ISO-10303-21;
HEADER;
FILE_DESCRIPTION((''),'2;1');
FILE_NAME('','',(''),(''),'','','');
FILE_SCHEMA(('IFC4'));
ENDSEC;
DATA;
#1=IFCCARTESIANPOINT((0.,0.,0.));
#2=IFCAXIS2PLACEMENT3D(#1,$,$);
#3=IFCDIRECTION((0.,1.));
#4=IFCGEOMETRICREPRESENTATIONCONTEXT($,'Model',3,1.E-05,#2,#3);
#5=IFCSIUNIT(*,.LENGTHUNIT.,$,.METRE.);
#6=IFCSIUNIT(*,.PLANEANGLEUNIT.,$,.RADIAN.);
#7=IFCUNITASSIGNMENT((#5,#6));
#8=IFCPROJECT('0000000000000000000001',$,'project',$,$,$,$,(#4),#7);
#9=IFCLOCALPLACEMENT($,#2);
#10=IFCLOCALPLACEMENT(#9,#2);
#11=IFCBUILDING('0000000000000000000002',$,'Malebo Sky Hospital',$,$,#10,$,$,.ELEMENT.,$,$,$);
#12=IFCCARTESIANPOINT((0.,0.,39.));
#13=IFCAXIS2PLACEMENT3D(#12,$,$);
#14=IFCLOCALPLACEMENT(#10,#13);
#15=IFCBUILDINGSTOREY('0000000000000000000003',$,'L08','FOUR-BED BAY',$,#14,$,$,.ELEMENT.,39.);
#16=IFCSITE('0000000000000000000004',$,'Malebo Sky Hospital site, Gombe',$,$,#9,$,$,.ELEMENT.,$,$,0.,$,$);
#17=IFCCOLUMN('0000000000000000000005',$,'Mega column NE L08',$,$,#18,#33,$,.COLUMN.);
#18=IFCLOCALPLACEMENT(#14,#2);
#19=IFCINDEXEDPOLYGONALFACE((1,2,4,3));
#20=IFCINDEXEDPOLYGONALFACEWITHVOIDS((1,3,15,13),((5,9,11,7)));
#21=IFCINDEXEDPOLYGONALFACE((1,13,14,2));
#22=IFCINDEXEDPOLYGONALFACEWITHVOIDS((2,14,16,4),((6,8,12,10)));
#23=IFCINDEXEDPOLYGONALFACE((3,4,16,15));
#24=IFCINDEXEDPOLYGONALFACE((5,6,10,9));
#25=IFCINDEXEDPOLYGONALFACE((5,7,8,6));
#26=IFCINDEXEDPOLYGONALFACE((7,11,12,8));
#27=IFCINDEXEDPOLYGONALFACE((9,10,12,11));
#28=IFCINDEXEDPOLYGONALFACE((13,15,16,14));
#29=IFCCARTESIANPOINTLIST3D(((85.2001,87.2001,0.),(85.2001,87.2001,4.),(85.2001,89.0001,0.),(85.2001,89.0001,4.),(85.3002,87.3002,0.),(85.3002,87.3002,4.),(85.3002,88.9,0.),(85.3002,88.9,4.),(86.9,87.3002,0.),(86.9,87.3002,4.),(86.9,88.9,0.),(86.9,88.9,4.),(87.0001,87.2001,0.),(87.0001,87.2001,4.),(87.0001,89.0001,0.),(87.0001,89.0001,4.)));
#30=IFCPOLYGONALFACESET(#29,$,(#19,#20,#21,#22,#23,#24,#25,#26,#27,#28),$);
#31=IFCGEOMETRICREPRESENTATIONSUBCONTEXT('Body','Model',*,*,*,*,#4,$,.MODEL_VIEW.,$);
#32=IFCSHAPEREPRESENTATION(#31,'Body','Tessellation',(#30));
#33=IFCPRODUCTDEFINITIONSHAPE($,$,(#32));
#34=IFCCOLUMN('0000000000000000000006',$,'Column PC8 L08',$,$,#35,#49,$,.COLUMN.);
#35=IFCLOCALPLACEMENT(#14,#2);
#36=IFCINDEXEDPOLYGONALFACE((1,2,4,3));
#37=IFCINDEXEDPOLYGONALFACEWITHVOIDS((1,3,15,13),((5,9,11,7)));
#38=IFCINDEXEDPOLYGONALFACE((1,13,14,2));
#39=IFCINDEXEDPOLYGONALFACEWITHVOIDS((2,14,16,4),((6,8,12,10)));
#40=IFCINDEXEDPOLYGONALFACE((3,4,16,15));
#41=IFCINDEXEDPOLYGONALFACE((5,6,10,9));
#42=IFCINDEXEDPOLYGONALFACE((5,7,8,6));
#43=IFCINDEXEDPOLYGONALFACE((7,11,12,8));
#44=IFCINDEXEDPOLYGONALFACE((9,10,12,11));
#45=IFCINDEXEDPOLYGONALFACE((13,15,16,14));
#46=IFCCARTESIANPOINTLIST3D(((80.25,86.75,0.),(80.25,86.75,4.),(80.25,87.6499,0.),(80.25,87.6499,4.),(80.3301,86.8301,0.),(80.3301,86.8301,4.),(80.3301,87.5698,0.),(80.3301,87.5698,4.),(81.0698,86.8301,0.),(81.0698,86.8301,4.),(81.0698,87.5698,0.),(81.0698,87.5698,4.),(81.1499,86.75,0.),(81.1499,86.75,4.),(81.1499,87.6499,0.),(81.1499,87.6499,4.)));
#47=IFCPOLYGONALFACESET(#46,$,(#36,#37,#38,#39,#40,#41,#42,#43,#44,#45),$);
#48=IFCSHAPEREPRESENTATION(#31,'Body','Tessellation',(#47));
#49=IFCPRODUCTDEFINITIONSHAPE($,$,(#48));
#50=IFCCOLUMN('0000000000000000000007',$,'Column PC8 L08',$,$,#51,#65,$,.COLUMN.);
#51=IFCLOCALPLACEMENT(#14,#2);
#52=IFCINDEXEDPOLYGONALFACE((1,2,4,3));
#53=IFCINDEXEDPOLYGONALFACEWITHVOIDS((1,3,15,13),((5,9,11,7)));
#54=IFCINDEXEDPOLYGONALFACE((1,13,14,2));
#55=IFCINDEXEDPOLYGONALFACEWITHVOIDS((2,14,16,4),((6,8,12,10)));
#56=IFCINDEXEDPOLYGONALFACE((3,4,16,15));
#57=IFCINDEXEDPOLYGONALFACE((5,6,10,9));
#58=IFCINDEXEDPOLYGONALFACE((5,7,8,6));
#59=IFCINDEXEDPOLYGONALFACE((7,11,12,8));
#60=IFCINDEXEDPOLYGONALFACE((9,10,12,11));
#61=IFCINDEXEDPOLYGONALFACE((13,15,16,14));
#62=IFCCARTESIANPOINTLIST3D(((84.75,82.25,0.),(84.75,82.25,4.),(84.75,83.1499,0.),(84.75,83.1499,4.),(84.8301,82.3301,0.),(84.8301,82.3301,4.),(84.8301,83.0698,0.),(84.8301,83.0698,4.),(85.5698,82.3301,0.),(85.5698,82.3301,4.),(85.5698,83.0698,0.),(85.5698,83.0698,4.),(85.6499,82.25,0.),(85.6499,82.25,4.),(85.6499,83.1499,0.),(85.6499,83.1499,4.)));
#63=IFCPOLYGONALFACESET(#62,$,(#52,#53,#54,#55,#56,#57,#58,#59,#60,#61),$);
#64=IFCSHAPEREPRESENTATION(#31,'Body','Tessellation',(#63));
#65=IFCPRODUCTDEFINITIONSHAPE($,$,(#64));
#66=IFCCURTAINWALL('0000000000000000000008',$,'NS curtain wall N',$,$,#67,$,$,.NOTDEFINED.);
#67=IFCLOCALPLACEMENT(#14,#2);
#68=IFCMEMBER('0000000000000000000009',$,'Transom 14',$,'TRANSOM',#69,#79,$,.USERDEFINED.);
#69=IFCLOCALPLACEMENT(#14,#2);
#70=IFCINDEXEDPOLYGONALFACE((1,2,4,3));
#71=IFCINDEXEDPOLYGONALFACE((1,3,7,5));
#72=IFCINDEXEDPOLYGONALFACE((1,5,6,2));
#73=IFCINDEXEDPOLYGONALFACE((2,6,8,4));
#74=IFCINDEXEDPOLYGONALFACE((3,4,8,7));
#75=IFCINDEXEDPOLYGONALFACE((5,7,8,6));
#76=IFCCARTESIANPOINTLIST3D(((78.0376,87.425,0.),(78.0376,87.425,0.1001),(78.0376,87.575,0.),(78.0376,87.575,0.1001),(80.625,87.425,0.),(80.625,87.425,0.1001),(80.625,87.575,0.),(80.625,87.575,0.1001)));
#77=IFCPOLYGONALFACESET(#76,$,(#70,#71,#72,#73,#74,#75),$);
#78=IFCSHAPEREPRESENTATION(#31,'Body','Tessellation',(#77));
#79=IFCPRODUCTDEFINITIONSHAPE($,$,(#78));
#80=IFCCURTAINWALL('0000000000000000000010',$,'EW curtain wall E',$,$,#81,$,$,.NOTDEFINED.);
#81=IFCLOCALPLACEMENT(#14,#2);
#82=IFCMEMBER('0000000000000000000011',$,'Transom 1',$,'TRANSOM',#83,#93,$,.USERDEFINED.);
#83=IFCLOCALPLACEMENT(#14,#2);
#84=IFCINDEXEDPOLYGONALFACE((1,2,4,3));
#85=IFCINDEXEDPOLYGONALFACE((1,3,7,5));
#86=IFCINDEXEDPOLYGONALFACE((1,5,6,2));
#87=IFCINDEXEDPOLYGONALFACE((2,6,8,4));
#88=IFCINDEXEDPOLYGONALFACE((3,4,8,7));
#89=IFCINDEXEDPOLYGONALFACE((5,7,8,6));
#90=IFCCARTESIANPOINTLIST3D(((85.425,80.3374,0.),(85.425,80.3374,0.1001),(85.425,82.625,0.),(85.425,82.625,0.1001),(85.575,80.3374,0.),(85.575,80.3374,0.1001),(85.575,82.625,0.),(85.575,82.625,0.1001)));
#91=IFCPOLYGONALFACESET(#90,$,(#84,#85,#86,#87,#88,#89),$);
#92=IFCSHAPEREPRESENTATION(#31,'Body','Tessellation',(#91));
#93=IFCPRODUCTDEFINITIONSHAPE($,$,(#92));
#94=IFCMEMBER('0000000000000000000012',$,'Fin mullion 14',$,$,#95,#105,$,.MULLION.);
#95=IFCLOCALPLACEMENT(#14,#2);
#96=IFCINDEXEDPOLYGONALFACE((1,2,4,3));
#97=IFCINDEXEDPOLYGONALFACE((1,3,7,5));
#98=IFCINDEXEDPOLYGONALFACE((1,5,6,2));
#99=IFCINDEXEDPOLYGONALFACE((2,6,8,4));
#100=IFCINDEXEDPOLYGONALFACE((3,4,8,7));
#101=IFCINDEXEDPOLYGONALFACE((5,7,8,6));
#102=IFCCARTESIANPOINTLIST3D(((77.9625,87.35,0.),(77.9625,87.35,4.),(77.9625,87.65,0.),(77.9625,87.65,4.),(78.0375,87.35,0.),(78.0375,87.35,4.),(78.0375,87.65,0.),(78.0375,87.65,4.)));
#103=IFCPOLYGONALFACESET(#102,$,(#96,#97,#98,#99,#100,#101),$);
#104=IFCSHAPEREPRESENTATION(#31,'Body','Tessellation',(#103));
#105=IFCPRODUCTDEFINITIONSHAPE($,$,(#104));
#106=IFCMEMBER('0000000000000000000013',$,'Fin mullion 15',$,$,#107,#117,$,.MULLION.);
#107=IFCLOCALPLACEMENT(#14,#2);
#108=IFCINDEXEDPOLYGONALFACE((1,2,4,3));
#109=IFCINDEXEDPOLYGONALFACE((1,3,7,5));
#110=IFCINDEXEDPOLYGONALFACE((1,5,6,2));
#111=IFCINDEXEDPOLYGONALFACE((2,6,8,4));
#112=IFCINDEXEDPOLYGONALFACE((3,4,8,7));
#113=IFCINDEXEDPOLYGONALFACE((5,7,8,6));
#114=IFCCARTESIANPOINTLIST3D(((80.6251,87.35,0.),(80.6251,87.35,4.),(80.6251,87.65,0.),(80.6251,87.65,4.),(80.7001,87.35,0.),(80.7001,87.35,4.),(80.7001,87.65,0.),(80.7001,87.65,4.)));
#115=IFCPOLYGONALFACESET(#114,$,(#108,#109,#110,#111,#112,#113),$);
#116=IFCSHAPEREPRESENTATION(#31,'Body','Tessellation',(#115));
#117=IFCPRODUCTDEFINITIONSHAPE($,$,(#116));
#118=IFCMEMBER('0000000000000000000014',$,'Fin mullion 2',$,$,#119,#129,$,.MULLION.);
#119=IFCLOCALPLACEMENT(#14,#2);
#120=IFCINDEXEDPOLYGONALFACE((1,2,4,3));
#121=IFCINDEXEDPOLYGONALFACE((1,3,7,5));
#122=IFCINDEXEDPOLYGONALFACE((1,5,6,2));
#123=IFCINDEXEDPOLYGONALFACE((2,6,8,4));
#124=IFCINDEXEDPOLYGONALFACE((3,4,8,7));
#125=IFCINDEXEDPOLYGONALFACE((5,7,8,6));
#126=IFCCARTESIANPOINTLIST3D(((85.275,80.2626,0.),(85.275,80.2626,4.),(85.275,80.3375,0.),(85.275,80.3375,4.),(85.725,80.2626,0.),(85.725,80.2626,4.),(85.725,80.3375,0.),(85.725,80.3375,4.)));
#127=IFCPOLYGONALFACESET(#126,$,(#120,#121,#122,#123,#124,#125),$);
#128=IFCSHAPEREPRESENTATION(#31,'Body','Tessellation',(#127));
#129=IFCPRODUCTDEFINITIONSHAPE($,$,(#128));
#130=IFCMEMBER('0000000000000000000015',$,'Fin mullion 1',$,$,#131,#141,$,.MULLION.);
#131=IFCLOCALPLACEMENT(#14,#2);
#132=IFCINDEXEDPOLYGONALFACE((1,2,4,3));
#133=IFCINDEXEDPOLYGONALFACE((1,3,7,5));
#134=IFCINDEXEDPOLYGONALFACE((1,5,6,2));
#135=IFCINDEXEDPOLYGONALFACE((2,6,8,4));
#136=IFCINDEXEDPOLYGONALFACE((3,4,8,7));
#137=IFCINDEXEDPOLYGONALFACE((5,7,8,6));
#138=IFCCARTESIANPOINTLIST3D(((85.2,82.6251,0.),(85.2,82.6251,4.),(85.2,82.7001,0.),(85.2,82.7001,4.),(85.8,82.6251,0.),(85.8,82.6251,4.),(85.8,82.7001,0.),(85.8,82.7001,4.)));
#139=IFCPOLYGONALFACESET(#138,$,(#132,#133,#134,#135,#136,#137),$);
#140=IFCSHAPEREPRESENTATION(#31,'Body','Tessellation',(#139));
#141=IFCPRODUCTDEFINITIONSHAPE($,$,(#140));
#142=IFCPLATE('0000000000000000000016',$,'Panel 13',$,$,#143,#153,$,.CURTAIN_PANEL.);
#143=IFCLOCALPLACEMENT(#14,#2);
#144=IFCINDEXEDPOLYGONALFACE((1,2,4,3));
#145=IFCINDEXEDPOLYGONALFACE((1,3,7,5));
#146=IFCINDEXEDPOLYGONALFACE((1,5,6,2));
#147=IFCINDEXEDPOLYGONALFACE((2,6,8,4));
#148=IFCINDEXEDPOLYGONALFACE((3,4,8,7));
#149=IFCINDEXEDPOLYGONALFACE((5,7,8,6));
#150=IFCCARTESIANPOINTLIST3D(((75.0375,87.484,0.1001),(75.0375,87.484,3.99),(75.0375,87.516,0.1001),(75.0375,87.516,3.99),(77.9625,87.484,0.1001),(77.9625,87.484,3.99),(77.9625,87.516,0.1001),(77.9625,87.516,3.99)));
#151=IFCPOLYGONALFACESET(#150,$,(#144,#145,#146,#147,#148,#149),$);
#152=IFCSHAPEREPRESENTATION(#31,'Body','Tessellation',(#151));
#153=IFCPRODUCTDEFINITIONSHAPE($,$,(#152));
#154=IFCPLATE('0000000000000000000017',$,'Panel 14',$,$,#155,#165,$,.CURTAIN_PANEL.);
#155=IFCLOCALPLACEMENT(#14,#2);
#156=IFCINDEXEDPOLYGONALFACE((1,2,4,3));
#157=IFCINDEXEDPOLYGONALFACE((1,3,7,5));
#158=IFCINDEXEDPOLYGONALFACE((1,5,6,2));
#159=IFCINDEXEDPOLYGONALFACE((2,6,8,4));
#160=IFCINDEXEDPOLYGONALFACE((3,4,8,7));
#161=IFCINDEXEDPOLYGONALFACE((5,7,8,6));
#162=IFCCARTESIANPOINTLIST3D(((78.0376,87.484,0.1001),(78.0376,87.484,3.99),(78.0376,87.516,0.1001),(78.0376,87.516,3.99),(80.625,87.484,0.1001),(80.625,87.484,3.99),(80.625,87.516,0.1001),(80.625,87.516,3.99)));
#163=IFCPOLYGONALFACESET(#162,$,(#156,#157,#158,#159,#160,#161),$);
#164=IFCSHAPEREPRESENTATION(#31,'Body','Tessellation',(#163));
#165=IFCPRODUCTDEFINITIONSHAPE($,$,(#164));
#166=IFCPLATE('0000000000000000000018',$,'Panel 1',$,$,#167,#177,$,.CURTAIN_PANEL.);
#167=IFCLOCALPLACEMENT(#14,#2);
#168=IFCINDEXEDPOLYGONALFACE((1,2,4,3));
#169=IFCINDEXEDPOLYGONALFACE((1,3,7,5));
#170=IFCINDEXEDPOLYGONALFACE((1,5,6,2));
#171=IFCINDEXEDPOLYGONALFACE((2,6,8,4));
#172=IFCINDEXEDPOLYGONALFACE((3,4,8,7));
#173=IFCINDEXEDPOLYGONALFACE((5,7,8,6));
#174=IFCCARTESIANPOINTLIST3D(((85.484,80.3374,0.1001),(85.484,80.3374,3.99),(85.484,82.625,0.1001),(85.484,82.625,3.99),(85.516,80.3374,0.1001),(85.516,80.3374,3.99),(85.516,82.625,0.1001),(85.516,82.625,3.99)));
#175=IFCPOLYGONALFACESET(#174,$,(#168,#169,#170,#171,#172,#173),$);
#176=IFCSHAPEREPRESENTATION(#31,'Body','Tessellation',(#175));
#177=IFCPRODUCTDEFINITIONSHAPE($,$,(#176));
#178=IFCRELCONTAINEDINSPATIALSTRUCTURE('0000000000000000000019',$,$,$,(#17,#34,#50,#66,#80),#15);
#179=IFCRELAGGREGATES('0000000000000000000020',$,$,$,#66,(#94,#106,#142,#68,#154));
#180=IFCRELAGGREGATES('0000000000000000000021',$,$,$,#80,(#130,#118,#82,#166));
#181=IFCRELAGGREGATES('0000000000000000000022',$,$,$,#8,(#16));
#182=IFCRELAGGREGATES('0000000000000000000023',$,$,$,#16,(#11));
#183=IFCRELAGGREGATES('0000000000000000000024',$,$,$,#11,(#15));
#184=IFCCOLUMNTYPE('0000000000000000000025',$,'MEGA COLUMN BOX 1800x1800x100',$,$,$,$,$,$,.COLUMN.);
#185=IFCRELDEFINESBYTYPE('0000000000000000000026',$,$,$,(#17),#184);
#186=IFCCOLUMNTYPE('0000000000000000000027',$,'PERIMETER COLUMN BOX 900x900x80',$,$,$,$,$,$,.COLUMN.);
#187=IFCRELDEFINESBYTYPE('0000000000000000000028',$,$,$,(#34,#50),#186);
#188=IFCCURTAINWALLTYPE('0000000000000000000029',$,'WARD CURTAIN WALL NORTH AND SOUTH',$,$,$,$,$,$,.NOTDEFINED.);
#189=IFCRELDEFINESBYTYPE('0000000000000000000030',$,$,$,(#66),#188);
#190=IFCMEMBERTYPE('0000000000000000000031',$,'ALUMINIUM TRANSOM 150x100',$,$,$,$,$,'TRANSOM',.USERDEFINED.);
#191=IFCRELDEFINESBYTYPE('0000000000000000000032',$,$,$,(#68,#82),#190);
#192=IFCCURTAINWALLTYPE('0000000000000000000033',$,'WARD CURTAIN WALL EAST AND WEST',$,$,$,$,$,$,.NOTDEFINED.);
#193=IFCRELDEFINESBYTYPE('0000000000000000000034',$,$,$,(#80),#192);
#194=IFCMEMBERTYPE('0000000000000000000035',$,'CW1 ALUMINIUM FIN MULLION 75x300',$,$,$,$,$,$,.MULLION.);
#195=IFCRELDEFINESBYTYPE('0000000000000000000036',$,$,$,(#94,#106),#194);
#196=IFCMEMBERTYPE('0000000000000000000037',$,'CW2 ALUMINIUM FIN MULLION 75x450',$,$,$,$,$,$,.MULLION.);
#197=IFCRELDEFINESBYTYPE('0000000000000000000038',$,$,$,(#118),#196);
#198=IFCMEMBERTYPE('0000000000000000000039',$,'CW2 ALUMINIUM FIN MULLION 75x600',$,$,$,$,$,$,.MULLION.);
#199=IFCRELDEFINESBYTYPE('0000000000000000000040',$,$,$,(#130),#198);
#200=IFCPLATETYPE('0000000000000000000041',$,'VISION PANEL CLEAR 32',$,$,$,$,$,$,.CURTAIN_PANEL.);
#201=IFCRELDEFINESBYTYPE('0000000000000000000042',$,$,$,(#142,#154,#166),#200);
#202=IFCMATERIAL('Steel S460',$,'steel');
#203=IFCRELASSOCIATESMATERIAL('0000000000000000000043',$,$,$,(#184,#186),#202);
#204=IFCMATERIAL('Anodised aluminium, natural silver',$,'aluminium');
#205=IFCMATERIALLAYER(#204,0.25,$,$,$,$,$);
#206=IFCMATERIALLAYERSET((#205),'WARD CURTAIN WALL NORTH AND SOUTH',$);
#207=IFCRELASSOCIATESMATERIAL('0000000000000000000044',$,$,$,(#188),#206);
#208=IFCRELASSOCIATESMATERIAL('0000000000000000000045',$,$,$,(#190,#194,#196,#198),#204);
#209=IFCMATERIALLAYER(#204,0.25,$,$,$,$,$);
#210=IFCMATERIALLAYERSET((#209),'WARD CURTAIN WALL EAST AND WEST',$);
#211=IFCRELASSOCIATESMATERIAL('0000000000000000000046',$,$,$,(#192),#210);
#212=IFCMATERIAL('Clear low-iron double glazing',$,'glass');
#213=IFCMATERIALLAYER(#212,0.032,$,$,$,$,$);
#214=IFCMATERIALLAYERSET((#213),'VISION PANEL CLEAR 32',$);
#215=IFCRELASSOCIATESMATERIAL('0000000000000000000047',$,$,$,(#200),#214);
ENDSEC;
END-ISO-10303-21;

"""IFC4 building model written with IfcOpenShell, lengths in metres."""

from ifc_helpers import new_model, si_unit, direction, frame, origin, origin_2d, place, context, subcontext, project, spatial, rectangle, hollow_rectangle, extrude, material, layer, layer_set, material_profile, profile_set, type_object, element, aggregate, save


model = new_model("IFC4")

# Units and contexts
model_context = context("Model", 3, precision=1e-05, world=origin(), true_north=direction((0.0, 1.0)))
body_context = subcontext(model_context, "Body", "Model", "MODEL_VIEW")
ifc_project = project(units=[si_unit("LENGTHUNIT", "METRE"), si_unit("PLANEANGLEUNIT", "RADIAN")], contexts=[model_context])

# Site, building, storey
site_placement = place(None, origin())
site = spatial("IfcSite", under=ifc_project, at=site_placement, Name="Malebo Sky Hospital site, Gombe", CompositionType="ELEMENT", RefElevation=0.0)
building_placement = place(site_placement, origin())
building = spatial("IfcBuilding", under=site, at=building_placement, Name="Malebo Sky Hospital", CompositionType="ELEMENT")
storey_placement = place(building_placement, frame((0.0, 0.0, 39.0)))
storey = spatial("IfcBuildingStorey", under=building, at=storey_placement, Name="L08", Description="FOUR-BED BAY", CompositionType="ELEMENT", Elevation=39.0)

# Columns
ifc_material_1 = material(Name="Steel S460", Category="steel")
ifc_material_profile_1 = material_profile(ifc_material_1, hollow_rectangle(XDim=1.8, YDim=1.8, WallThickness=0.1001, at=origin_2d()), Name="BOX 1800x1800x100")
ifc_profile_set_1 = profile_set([ifc_material_profile_1], Name="Steel S460")
column_type_1 = type_object("IfcColumnType", Name="MEGA COLUMN BOX 1800x1800x100", PredefinedType="COLUMN", material=ifc_profile_set_1)
column_placement = place(storey_placement, frame((86.1001, 88.1001, 0.0), z_axis=(0.0, 0.0, 1.0), x_axis=(1.0, 0.0, 0.0)))
element("IfcColumn", 1, at=column_placement, inside=storey, type_object=column_type_1, Name="Mega column NE L08", PredefinedType="COLUMN", context=body_context, shape_type="SweptSolid", body=[
    extrude(hollow_rectangle(XDim=1.8, YDim=1.8, WallThickness=0.1001, at=origin_2d()), origin(), (0.0, 0.0, 1.0), 4.0),
])
ifc_material_profile_2 = material_profile(ifc_material_1, hollow_rectangle(XDim=0.8999, YDim=0.8999, WallThickness=0.0801, at=origin_2d()), Name="BOX 900x900x80")
ifc_profile_set_2 = profile_set([ifc_material_profile_2], Name="Steel S460")
column_type_2 = type_object("IfcColumnType", Name="PERIMETER COLUMN BOX 900x900x80", PredefinedType="COLUMN", material=ifc_profile_set_2)
for number, where, z_axis, x_axis, name in (
    (2, (80.7, 87.2, 0.0), (0.0, 0.0, 1.0), (1.0, 0.0, 0.0), "Column PC8 L08"),
    (3, (85.2, 82.7, 0.0), (0.0, 0.0, 1.0), (1.0, 0.0, 0.0), "Column PC8 L08"),
):
    element("IfcColumn", number, at=place(storey_placement, frame(where, z_axis=z_axis, x_axis=x_axis)), inside=storey, type_object=column_type_2, Name=name, PredefinedType="COLUMN", context=body_context, shape_type="SweptSolid", body=[
        extrude(hollow_rectangle(XDim=0.8999, YDim=0.8999, WallThickness=0.0801, at=origin_2d()), origin(), (0.0, 0.0, 1.0), 4.0),
    ])

# Curtain walls, members
ifc_material_2 = material(Name="Anodised aluminium, natural silver", Category="aluminium")
ifc_layer_1 = layer(ifc_material_2, 0.25)
ifc_layer_set_1 = layer_set([ifc_layer_1], Name="WARD CURTAIN WALL NORTH AND SOUTH")
curtain_wall_type_1 = type_object("IfcCurtainWallType", Name="WARD CURTAIN WALL NORTH AND SOUTH", PredefinedType="NOTDEFINED", material=ifc_layer_set_1)
curtain_wall_1_placement = place(storey_placement, origin())
curtain_wall_1 = element("IfcCurtainWall", 4, at=curtain_wall_1_placement, inside=storey, type_object=curtain_wall_type_1, Name="NS curtain wall N", PredefinedType="NOTDEFINED")
ifc_material_profile_3 = material_profile(ifc_material_2, rectangle(XDim=0.1499, YDim=0.1001, at=origin_2d()), Name="ALUMINIUM TRANSOM 150x100")
ifc_profile_set_3 = profile_set([ifc_material_profile_3], Name="Anodised aluminium, natural silver")
member_type_1 = type_object("IfcMemberType", Name="ALUMINIUM TRANSOM 150x100", ElementType="TRANSOM", PredefinedType="USERDEFINED", material=ifc_profile_set_3)
member_1_placement = place(storey_placement, frame((78.0376, 87.5, 0.05), z_axis=(1.0, 0.0, 0.0), x_axis=(0.0, 1.0, 0.0)))
member_1 = element("IfcMember", 5, at=member_1_placement, type_object=member_type_1, Name="Transom 14", ObjectType="TRANSOM", PredefinedType="USERDEFINED", context=body_context, shape_type="SweptSolid", body=[
    extrude(rectangle(XDim=0.1499, YDim=0.1001, at=origin_2d()), origin(), (0.0, 0.0, 1.0), 2.5874),
])
ifc_layer_2 = layer(ifc_material_2, 0.25)
ifc_layer_set_2 = layer_set([ifc_layer_2], Name="WARD CURTAIN WALL EAST AND WEST")
curtain_wall_type_2 = type_object("IfcCurtainWallType", Name="WARD CURTAIN WALL EAST AND WEST", PredefinedType="NOTDEFINED", material=ifc_layer_set_2)
curtain_wall_2_placement = place(storey_placement, origin())
curtain_wall_2 = element("IfcCurtainWall", 6, at=curtain_wall_2_placement, inside=storey, type_object=curtain_wall_type_2, Name="EW curtain wall E", PredefinedType="NOTDEFINED")
member_2_placement = place(storey_placement, frame((85.5, 82.625, 0.05), z_axis=(0.0, -1.0, 0.0), x_axis=(1.0, 0.0, 0.0)))
member_2 = element("IfcMember", 7, at=member_2_placement, type_object=member_type_1, Name="Transom 1", ObjectType="TRANSOM", PredefinedType="USERDEFINED", context=body_context, shape_type="SweptSolid", body=[
    extrude(rectangle(XDim=0.1499, YDim=0.1001, at=origin_2d()), origin(), (0.0, 0.0, 1.0), 2.2876),
])

# Members
ifc_material_profile_4 = material_profile(ifc_material_2, rectangle(XDim=0.075, YDim=0.3, at=origin_2d()), Name="CW1 ALUMINIUM FIN MULLION 75x300")
ifc_profile_set_4 = profile_set([ifc_material_profile_4], Name="Anodised aluminium, natural silver")
member_type_2 = type_object("IfcMemberType", Name="CW1 ALUMINIUM FIN MULLION 75x300", PredefinedType="MULLION", material=ifc_profile_set_4)
member_3_placement = place(storey_placement, frame((78.0, 87.5, 0.0), z_axis=(0.0, 0.0, 1.0), x_axis=(1.0, 0.0, 0.0)))
member_3 = element("IfcMember", 8, at=member_3_placement, type_object=member_type_2, Name="Fin mullion 14", PredefinedType="MULLION", context=body_context, shape_type="SweptSolid", body=[
    extrude(rectangle(XDim=0.075, YDim=0.3, at=origin_2d()), origin(), (0.0, 0.0, 1.0), 4.0),
])
member_4_placement = place(storey_placement, frame((80.6626, 87.5, 0.0), z_axis=(0.0, 0.0, 1.0), x_axis=(1.0, 0.0, 0.0)))
member_4 = element("IfcMember", 9, at=member_4_placement, type_object=member_type_2, Name="Fin mullion 15", PredefinedType="MULLION", context=body_context, shape_type="SweptSolid", body=[
    extrude(rectangle(XDim=0.075, YDim=0.3, at=origin_2d()), origin(), (0.0, 0.0, 1.0), 4.0),
])
ifc_material_profile_5 = material_profile(ifc_material_2, rectangle(XDim=0.075, YDim=0.45, at=origin_2d()), Name="CW2 ALUMINIUM FIN MULLION 75x450")
ifc_profile_set_5 = profile_set([ifc_material_profile_5], Name="Anodised aluminium, natural silver")
member_type_3 = type_object("IfcMemberType", Name="CW2 ALUMINIUM FIN MULLION 75x450", PredefinedType="MULLION", material=ifc_profile_set_5)
member_5_placement = place(storey_placement, frame((85.5, 80.3, 0.0), z_axis=(0.0, 0.0, 1.0), x_axis=(0.0, -1.0, 0.0)))
member_5 = element("IfcMember", 10, at=member_5_placement, type_object=member_type_3, Name="Fin mullion 2", PredefinedType="MULLION", context=body_context, shape_type="SweptSolid", body=[
    extrude(rectangle(XDim=0.075, YDim=0.45, at=origin_2d()), origin(), (0.0, 0.0, 1.0), 4.0),
])
ifc_material_profile_6 = material_profile(ifc_material_2, rectangle(XDim=0.075, YDim=0.6001, at=origin_2d()), Name="CW2 ALUMINIUM FIN MULLION 75x600")
ifc_profile_set_6 = profile_set([ifc_material_profile_6], Name="Anodised aluminium, natural silver")
member_type_4 = type_object("IfcMemberType", Name="CW2 ALUMINIUM FIN MULLION 75x600", PredefinedType="MULLION", material=ifc_profile_set_6)
member_6_placement = place(storey_placement, frame((85.5, 82.6626, 0.0), z_axis=(0.0, 0.0, 1.0), x_axis=(0.0, -1.0, 0.0)))
member_6 = element("IfcMember", 11, at=member_6_placement, type_object=member_type_4, Name="Fin mullion 1", PredefinedType="MULLION", context=body_context, shape_type="SweptSolid", body=[
    extrude(rectangle(XDim=0.075, YDim=0.6001, at=origin_2d()), origin(), (0.0, 0.0, 1.0), 4.0),
])

# Plates
ifc_material_3 = material(Name="Clear low-iron double glazing", Category="glass")
ifc_layer_3 = layer(ifc_material_3, 0.032)
ifc_layer_set_3 = layer_set([ifc_layer_3], Name="VISION PANEL CLEAR 32")
plate_type = type_object("IfcPlateType", Name="VISION PANEL CLEAR 32", PredefinedType="CURTAIN_PANEL", material=ifc_layer_set_3)
plate_1_placement = place(storey_placement, frame((76.5, 87.5, 0.1001), z_axis=(0.0, 0.0, 1.0), x_axis=(1.0, 0.0, 0.0)))
plate_1 = element("IfcPlate", 12, at=plate_1_placement, type_object=plate_type, Name="Panel 13", PredefinedType="CURTAIN_PANEL", context=body_context, shape_type="SweptSolid", body=[
    extrude(rectangle(XDim=2.925, YDim=0.032, at=origin_2d()), origin(), (0.0, 0.0, 1.0), 3.8899),
])
plate_2_placement = place(storey_placement, frame((79.3313, 87.5, 0.1001), z_axis=(0.0, 0.0, 1.0), x_axis=(1.0, 0.0, 0.0)))
plate_2 = element("IfcPlate", 13, at=plate_2_placement, type_object=plate_type, Name="Panel 14", PredefinedType="CURTAIN_PANEL", context=body_context, shape_type="SweptSolid", body=[
    extrude(rectangle(XDim=2.5874, YDim=0.032, at=origin_2d()), origin(), (0.0, 0.0, 1.0), 3.8899),
])
aggregate(curtain_wall_1, [member_3, member_4, plate_1, member_1, plate_2])
plate_3_placement = place(storey_placement, frame((85.5, 81.4812, 0.1001), z_axis=(0.0, 0.0, 1.0), x_axis=(0.0, -1.0, 0.0)))
plate_3 = element("IfcPlate", 14, at=plate_3_placement, type_object=plate_type, Name="Panel 1", PredefinedType="CURTAIN_PANEL", context=body_context, shape_type="SweptSolid", body=[
    extrude(rectangle(XDim=2.2876, YDim=0.032, at=origin_2d()), origin(), (0.0, 0.0, 1.0), 3.8899),
])
aggregate(curtain_wall_2, [member_6, member_5, member_2, plate_3])

save(model, "model.ifc")
